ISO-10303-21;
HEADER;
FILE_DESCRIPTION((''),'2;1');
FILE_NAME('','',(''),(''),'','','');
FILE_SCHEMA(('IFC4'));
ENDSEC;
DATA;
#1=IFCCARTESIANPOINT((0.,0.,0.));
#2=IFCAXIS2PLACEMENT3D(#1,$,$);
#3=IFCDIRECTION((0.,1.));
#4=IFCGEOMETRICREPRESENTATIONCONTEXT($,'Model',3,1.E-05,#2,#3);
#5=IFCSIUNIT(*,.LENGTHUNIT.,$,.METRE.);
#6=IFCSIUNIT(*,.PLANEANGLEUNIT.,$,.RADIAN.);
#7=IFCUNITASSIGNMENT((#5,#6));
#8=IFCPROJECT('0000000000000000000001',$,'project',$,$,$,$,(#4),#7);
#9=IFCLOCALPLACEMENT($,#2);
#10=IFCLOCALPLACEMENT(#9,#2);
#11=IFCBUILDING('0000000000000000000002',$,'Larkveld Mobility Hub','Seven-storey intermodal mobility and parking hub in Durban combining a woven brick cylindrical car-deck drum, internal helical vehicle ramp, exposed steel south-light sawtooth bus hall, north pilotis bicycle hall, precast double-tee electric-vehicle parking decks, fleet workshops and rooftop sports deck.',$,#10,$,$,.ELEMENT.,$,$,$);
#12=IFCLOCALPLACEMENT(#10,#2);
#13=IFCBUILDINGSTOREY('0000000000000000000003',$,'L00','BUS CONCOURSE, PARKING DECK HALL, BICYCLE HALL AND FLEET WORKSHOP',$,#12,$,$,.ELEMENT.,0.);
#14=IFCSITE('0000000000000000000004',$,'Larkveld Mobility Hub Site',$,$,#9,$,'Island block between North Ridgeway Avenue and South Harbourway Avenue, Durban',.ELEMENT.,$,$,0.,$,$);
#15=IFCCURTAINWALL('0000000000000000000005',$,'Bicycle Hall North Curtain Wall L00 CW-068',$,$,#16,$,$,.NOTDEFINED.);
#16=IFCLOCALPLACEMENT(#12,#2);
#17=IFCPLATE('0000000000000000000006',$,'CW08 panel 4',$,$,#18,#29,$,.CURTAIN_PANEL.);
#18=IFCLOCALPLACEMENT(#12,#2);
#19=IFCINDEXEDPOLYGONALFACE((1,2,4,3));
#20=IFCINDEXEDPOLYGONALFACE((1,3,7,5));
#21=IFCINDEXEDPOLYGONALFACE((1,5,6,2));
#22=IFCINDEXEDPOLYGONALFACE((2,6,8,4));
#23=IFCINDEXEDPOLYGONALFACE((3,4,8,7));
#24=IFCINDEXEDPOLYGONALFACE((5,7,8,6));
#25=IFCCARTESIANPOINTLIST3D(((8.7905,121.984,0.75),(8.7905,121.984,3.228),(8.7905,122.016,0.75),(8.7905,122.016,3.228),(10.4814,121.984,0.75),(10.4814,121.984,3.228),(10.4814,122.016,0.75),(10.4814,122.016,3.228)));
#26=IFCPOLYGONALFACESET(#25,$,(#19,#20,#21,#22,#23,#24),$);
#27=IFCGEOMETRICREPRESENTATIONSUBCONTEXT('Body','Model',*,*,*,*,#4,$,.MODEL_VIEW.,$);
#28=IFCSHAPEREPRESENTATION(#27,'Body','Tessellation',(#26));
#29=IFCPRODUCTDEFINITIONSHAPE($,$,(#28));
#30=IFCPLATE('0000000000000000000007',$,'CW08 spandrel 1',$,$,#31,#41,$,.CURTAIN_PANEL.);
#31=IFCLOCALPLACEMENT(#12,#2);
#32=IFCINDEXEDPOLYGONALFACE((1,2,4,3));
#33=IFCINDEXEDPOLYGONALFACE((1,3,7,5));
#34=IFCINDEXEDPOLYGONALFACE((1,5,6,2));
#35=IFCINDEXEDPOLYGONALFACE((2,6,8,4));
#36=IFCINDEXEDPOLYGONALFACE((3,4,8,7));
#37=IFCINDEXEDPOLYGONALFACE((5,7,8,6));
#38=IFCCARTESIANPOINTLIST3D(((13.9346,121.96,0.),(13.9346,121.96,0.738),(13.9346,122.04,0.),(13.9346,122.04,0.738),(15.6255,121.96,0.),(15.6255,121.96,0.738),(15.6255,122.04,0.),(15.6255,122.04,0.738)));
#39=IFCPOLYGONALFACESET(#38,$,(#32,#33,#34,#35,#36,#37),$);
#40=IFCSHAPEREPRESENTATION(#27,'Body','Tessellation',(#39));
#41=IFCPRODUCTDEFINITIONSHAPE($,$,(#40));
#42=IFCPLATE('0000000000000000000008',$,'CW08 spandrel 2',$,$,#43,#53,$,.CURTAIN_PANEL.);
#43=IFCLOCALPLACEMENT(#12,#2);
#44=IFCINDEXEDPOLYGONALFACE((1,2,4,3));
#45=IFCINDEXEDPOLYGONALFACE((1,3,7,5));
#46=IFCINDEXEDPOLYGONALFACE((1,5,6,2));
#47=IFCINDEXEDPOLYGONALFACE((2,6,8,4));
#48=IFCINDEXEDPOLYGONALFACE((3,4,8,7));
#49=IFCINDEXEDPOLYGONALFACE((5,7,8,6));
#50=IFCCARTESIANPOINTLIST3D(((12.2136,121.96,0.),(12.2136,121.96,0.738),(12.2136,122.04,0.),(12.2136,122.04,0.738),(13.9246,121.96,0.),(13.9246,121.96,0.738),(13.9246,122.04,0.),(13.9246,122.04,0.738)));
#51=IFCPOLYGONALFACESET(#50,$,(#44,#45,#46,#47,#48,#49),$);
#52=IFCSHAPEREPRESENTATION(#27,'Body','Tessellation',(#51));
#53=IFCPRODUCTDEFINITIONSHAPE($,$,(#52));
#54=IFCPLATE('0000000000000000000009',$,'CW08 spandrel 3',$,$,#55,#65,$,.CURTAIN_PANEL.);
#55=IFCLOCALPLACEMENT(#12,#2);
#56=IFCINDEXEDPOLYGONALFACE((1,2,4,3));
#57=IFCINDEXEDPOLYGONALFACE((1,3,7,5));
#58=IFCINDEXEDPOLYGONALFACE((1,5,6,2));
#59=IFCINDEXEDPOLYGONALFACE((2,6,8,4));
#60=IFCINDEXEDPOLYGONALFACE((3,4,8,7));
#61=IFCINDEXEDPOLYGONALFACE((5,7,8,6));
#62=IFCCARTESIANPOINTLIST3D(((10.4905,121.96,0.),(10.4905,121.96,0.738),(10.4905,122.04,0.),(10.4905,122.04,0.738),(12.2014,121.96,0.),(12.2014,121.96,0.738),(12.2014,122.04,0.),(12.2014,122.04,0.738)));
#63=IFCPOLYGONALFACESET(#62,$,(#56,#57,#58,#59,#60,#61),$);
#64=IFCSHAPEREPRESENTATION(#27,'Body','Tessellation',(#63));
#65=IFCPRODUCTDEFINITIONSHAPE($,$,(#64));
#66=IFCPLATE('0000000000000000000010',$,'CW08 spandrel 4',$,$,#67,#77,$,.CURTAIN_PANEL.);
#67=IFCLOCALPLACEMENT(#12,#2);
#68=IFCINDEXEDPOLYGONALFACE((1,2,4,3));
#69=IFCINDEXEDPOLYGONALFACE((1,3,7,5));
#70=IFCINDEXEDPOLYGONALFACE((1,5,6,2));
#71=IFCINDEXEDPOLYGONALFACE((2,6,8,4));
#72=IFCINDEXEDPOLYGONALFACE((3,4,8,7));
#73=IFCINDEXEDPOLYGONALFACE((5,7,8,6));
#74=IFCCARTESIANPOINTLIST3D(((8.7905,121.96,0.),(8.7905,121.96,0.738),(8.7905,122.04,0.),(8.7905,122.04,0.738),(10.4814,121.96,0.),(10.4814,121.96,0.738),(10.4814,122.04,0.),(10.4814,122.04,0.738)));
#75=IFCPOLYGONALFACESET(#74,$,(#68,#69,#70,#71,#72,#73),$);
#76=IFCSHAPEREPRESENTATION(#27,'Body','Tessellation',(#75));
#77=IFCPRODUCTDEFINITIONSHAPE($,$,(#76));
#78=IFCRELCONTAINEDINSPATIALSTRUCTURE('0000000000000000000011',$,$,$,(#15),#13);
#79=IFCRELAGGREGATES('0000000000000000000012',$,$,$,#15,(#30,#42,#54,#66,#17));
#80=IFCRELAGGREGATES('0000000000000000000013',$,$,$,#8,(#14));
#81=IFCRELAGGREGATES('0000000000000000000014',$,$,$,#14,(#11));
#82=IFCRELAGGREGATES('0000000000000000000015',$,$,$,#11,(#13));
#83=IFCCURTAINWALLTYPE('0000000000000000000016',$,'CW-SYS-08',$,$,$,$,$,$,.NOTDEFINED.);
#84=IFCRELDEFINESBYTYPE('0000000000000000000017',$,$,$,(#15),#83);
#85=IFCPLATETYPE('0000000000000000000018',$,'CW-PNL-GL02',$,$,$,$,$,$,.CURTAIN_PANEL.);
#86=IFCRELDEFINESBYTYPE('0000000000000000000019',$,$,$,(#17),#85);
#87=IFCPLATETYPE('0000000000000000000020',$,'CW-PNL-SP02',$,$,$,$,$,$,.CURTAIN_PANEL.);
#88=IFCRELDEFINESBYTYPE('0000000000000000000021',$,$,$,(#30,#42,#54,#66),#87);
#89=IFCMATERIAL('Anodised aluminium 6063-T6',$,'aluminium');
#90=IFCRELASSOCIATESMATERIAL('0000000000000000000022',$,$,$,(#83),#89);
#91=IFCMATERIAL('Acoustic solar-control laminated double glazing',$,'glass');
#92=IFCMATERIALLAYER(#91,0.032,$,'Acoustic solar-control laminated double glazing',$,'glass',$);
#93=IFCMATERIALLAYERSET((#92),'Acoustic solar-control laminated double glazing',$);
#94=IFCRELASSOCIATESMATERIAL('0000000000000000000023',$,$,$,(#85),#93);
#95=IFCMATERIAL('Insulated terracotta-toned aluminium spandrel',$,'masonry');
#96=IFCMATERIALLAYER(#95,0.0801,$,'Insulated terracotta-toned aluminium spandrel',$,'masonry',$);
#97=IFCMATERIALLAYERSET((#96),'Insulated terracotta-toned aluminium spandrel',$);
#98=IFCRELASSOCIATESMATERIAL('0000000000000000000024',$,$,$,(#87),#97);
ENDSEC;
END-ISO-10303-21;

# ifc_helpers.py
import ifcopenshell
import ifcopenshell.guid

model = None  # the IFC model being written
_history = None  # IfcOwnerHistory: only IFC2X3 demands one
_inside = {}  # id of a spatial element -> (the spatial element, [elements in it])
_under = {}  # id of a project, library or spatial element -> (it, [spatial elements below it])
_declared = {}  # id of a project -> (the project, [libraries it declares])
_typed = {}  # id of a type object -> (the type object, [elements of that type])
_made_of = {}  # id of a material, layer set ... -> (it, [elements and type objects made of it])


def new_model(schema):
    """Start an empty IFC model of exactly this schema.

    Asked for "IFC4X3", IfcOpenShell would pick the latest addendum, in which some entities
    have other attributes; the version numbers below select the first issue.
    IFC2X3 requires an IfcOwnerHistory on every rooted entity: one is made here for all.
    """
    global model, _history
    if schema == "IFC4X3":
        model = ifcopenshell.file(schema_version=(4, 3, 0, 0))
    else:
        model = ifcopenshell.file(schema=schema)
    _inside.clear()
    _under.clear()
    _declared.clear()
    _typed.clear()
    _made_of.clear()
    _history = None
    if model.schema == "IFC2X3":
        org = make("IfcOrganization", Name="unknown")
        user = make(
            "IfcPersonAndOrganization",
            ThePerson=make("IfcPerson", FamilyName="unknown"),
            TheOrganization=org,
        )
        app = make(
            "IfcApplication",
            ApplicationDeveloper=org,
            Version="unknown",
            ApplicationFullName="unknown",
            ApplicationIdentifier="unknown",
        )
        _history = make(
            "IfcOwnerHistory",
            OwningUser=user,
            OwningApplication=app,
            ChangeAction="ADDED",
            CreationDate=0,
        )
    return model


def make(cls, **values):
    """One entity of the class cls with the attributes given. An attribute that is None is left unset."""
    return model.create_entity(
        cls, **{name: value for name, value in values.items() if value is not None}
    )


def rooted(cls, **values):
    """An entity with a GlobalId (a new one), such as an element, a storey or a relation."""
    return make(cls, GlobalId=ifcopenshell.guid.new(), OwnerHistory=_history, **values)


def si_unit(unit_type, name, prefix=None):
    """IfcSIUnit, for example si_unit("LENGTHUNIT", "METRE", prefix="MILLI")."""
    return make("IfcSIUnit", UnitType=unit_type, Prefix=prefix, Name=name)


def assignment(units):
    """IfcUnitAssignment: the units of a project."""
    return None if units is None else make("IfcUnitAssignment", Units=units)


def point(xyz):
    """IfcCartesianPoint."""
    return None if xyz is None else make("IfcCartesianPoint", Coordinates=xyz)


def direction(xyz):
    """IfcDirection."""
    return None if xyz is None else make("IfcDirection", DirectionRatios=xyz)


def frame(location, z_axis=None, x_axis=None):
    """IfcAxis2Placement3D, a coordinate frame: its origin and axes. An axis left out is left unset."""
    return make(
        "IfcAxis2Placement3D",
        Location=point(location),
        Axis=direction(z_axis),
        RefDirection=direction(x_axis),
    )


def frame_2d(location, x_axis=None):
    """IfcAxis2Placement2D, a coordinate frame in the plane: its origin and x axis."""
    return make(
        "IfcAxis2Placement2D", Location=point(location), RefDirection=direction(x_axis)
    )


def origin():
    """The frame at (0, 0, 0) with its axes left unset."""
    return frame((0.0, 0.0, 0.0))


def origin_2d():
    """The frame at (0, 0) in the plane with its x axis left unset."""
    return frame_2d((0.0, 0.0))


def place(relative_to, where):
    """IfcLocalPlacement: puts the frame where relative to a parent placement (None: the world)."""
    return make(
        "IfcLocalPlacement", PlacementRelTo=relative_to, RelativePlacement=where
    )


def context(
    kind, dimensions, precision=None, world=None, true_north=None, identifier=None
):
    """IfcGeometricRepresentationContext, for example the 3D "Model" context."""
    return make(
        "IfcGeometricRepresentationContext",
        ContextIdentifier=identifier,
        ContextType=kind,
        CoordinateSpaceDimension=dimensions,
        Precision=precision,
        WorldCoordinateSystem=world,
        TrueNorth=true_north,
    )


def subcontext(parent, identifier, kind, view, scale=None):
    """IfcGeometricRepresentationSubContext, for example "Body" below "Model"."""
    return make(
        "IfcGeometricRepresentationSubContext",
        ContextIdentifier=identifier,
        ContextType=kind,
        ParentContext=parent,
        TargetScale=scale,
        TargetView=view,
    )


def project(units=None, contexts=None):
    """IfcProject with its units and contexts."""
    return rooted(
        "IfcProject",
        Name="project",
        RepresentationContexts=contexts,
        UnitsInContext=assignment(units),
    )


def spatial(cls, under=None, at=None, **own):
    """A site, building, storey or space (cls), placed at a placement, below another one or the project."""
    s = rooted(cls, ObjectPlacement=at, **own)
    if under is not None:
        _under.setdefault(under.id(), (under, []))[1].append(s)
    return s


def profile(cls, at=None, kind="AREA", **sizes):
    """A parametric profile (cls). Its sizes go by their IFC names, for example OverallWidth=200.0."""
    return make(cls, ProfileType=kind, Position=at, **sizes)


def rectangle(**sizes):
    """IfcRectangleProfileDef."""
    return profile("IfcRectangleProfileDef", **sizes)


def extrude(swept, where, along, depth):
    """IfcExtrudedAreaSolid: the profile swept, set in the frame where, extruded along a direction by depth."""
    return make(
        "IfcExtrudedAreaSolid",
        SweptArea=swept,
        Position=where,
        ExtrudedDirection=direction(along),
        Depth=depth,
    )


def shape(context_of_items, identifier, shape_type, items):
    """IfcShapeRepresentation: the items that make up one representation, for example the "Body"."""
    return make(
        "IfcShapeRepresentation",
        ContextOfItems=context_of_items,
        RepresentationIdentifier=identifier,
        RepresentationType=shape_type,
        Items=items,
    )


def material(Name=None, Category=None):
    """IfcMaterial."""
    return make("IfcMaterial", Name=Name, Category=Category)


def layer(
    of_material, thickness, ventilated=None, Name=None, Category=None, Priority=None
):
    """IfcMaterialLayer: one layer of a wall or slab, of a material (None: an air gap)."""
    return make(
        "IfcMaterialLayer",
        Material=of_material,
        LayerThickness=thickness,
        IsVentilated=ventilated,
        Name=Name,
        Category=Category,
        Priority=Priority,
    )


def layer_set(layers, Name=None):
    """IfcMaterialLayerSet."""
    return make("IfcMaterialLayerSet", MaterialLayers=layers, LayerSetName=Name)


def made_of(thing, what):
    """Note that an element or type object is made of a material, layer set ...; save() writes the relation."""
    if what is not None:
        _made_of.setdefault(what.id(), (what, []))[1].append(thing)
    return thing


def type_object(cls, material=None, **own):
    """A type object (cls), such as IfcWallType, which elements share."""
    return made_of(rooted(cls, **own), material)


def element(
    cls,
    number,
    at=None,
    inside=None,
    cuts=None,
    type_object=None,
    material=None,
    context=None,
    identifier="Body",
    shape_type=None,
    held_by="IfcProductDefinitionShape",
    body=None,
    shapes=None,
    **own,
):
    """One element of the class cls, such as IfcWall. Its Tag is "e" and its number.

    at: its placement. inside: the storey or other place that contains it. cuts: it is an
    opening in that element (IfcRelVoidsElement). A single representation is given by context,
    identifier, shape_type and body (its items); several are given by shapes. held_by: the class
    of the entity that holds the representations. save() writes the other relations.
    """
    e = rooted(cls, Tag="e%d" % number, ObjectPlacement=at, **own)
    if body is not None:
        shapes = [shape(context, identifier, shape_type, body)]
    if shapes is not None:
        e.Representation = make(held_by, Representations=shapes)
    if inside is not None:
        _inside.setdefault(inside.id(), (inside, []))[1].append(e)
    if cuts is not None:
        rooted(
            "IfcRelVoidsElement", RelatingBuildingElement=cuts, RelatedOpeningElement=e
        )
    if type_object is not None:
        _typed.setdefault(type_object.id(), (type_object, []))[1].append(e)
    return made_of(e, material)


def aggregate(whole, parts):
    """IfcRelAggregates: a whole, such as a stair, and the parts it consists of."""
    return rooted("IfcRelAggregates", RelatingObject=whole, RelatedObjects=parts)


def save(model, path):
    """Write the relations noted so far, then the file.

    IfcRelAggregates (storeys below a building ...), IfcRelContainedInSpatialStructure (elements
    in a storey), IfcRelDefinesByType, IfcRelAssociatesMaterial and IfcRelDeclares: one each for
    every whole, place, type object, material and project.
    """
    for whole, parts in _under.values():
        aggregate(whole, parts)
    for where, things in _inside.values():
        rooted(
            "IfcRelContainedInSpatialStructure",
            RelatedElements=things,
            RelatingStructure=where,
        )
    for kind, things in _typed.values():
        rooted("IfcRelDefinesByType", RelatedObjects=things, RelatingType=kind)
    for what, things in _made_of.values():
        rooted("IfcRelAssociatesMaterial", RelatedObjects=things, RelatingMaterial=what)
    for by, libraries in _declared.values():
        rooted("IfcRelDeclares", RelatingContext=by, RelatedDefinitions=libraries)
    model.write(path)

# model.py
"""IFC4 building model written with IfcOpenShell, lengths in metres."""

from ifc_helpers import new_model, si_unit, direction, frame, origin, origin_2d, place, context, subcontext, project, spatial, rectangle, extrude, material, layer, layer_set, type_object, element, aggregate, save


model = new_model("IFC4")

# Units and contexts
model_context = context("Model", 3, precision=1e-05, world=origin(), true_north=direction((0.0, 1.0)))
body_context = subcontext(model_context, "Body", "Model", "MODEL_VIEW")
ifc_project = project(units=[si_unit("LENGTHUNIT", "METRE"), si_unit("PLANEANGLEUNIT", "RADIAN")], contexts=[model_context])

# Site, building, storey
site_placement = place(None, origin())
site = spatial("IfcSite", under=ifc_project, at=site_placement, Name="Larkveld Mobility Hub Site", LongName="Island block between North Ridgeway Avenue and South Harbourway Avenue, Durban", CompositionType="ELEMENT", RefElevation=0.0)
building_placement = place(site_placement, origin())
building = spatial("IfcBuilding", under=site, at=building_placement, Name="Larkveld Mobility Hub", Description="Seven-storey intermodal mobility and parking hub in Durban combining a woven brick cylindrical car-deck drum, internal helical vehicle ramp, exposed steel south-light sawtooth bus hall, north pilotis bicycle hall, precast double-tee electric-vehicle parking decks, fleet workshops and rooftop sports deck.", CompositionType="ELEMENT")
storey_placement = place(building_placement, origin())
storey = spatial("IfcBuildingStorey", under=building, at=storey_placement, Name="L00", Description="BUS CONCOURSE, PARKING DECK HALL, BICYCLE HALL AND FLEET WORKSHOP", CompositionType="ELEMENT", Elevation=0.0)

# Curtain wall, plates
ifc_material_1 = material(Name="Anodised aluminium 6063-T6", Category="aluminium")
curtain_wall_type = type_object("IfcCurtainWallType", Name="CW-SYS-08", PredefinedType="NOTDEFINED", material=ifc_material_1)
curtain_wall_placement = place(storey_placement, origin())
curtain_wall = element("IfcCurtainWall", 1, at=curtain_wall_placement, inside=storey, type_object=curtain_wall_type, Name="Bicycle Hall North Curtain Wall L00 CW-068", PredefinedType="NOTDEFINED")
ifc_material_2 = material(Name="Acoustic solar-control laminated double glazing", Category="glass")
ifc_layer_1 = layer(ifc_material_2, 0.032, Name="Acoustic solar-control laminated double glazing", Category="glass")
ifc_layer_set_1 = layer_set([ifc_layer_1], Name="Acoustic solar-control laminated double glazing")
plate_type_1 = type_object("IfcPlateType", Name="CW-PNL-GL02", PredefinedType="CURTAIN_PANEL", material=ifc_layer_set_1)
plate_1_placement = place(storey_placement, frame((9.636, 122.0, 0.75), z_axis=(0.0, 0.0, 1.0), x_axis=(-1.0, 0.0, 0.0)))
plate_1 = element("IfcPlate", 2, at=plate_1_placement, type_object=plate_type_1, Name="CW08 panel 4", PredefinedType="CURTAIN_PANEL", context=body_context, shape_type="SweptSolid", body=[
    extrude(rectangle(XDim=1.6909, YDim=0.032, at=origin_2d()), origin(), (0.0, 0.0, 1.0), 2.478),
])
ifc_material_3 = material(Name="Insulated terracotta-toned aluminium spandrel", Category="masonry")
ifc_layer_2 = layer(ifc_material_3, 0.0801, Name="Insulated terracotta-toned aluminium spandrel", Category="masonry")
ifc_layer_set_2 = layer_set([ifc_layer_2], Name="Insulated terracotta-toned aluminium spandrel")
plate_type_2 = type_object("IfcPlateType", Name="CW-PNL-SP02", PredefinedType="CURTAIN_PANEL", material=ifc_layer_set_2)
plate_2_placement = place(storey_placement, frame((14.78, 122.0, 0.0), z_axis=(0.0, 0.0, 1.0), x_axis=(-1.0, 0.0, 0.0)))
plate_2 = element("IfcPlate", 3, at=plate_2_placement, type_object=plate_type_2, Name="CW08 spandrel 1", PredefinedType="CURTAIN_PANEL", context=body_context, shape_type="SweptSolid", body=[
    extrude(rectangle(XDim=1.6909, YDim=0.0801, at=origin_2d()), origin(), (0.0, 0.0, 1.0), 0.738),
])
plate_3_placement = place(storey_placement, frame((13.0691, 122.0, 0.0), z_axis=(0.0, 0.0, 1.0), x_axis=(-1.0, 0.0, 0.0)))
plate_3 = element("IfcPlate", 4, at=plate_3_placement, type_object=plate_type_2, Name="CW08 spandrel 2", PredefinedType="CURTAIN_PANEL", context=body_context, shape_type="SweptSolid", body=[
    extrude(rectangle(XDim=1.7109, YDim=0.0801, at=origin_2d()), origin(), (0.0, 0.0, 1.0), 0.738),
])
plate_4_placement = place(storey_placement, frame((11.3459, 122.0, 0.0), z_axis=(0.0, 0.0, 1.0), x_axis=(-1.0, 0.0, 0.0)))
plate_4 = element("IfcPlate", 5, at=plate_4_placement, type_object=plate_type_2, Name="CW08 spandrel 3", PredefinedType="CURTAIN_PANEL", context=body_context, shape_type="SweptSolid", body=[
    extrude(rectangle(XDim=1.7109, YDim=0.0801, at=origin_2d()), origin(), (0.0, 0.0, 1.0), 0.738),
])
plate_5_placement = place(storey_placement, frame((9.636, 122.0, 0.0), z_axis=(0.0, 0.0, 1.0), x_axis=(-1.0, 0.0, 0.0)))
plate_5 = element("IfcPlate", 6, at=plate_5_placement, type_object=plate_type_2, Name="CW08 spandrel 4", PredefinedType="CURTAIN_PANEL", context=body_context, shape_type="SweptSolid", body=[
    extrude(rectangle(XDim=1.6909, YDim=0.0801, at=origin_2d()), origin(), (0.0, 0.0, 1.0), 0.738),
])
aggregate(curtain_wall, [plate_2, plate_3, plate_4, plate_5, plate_1])

save(model, "model.ifc")
